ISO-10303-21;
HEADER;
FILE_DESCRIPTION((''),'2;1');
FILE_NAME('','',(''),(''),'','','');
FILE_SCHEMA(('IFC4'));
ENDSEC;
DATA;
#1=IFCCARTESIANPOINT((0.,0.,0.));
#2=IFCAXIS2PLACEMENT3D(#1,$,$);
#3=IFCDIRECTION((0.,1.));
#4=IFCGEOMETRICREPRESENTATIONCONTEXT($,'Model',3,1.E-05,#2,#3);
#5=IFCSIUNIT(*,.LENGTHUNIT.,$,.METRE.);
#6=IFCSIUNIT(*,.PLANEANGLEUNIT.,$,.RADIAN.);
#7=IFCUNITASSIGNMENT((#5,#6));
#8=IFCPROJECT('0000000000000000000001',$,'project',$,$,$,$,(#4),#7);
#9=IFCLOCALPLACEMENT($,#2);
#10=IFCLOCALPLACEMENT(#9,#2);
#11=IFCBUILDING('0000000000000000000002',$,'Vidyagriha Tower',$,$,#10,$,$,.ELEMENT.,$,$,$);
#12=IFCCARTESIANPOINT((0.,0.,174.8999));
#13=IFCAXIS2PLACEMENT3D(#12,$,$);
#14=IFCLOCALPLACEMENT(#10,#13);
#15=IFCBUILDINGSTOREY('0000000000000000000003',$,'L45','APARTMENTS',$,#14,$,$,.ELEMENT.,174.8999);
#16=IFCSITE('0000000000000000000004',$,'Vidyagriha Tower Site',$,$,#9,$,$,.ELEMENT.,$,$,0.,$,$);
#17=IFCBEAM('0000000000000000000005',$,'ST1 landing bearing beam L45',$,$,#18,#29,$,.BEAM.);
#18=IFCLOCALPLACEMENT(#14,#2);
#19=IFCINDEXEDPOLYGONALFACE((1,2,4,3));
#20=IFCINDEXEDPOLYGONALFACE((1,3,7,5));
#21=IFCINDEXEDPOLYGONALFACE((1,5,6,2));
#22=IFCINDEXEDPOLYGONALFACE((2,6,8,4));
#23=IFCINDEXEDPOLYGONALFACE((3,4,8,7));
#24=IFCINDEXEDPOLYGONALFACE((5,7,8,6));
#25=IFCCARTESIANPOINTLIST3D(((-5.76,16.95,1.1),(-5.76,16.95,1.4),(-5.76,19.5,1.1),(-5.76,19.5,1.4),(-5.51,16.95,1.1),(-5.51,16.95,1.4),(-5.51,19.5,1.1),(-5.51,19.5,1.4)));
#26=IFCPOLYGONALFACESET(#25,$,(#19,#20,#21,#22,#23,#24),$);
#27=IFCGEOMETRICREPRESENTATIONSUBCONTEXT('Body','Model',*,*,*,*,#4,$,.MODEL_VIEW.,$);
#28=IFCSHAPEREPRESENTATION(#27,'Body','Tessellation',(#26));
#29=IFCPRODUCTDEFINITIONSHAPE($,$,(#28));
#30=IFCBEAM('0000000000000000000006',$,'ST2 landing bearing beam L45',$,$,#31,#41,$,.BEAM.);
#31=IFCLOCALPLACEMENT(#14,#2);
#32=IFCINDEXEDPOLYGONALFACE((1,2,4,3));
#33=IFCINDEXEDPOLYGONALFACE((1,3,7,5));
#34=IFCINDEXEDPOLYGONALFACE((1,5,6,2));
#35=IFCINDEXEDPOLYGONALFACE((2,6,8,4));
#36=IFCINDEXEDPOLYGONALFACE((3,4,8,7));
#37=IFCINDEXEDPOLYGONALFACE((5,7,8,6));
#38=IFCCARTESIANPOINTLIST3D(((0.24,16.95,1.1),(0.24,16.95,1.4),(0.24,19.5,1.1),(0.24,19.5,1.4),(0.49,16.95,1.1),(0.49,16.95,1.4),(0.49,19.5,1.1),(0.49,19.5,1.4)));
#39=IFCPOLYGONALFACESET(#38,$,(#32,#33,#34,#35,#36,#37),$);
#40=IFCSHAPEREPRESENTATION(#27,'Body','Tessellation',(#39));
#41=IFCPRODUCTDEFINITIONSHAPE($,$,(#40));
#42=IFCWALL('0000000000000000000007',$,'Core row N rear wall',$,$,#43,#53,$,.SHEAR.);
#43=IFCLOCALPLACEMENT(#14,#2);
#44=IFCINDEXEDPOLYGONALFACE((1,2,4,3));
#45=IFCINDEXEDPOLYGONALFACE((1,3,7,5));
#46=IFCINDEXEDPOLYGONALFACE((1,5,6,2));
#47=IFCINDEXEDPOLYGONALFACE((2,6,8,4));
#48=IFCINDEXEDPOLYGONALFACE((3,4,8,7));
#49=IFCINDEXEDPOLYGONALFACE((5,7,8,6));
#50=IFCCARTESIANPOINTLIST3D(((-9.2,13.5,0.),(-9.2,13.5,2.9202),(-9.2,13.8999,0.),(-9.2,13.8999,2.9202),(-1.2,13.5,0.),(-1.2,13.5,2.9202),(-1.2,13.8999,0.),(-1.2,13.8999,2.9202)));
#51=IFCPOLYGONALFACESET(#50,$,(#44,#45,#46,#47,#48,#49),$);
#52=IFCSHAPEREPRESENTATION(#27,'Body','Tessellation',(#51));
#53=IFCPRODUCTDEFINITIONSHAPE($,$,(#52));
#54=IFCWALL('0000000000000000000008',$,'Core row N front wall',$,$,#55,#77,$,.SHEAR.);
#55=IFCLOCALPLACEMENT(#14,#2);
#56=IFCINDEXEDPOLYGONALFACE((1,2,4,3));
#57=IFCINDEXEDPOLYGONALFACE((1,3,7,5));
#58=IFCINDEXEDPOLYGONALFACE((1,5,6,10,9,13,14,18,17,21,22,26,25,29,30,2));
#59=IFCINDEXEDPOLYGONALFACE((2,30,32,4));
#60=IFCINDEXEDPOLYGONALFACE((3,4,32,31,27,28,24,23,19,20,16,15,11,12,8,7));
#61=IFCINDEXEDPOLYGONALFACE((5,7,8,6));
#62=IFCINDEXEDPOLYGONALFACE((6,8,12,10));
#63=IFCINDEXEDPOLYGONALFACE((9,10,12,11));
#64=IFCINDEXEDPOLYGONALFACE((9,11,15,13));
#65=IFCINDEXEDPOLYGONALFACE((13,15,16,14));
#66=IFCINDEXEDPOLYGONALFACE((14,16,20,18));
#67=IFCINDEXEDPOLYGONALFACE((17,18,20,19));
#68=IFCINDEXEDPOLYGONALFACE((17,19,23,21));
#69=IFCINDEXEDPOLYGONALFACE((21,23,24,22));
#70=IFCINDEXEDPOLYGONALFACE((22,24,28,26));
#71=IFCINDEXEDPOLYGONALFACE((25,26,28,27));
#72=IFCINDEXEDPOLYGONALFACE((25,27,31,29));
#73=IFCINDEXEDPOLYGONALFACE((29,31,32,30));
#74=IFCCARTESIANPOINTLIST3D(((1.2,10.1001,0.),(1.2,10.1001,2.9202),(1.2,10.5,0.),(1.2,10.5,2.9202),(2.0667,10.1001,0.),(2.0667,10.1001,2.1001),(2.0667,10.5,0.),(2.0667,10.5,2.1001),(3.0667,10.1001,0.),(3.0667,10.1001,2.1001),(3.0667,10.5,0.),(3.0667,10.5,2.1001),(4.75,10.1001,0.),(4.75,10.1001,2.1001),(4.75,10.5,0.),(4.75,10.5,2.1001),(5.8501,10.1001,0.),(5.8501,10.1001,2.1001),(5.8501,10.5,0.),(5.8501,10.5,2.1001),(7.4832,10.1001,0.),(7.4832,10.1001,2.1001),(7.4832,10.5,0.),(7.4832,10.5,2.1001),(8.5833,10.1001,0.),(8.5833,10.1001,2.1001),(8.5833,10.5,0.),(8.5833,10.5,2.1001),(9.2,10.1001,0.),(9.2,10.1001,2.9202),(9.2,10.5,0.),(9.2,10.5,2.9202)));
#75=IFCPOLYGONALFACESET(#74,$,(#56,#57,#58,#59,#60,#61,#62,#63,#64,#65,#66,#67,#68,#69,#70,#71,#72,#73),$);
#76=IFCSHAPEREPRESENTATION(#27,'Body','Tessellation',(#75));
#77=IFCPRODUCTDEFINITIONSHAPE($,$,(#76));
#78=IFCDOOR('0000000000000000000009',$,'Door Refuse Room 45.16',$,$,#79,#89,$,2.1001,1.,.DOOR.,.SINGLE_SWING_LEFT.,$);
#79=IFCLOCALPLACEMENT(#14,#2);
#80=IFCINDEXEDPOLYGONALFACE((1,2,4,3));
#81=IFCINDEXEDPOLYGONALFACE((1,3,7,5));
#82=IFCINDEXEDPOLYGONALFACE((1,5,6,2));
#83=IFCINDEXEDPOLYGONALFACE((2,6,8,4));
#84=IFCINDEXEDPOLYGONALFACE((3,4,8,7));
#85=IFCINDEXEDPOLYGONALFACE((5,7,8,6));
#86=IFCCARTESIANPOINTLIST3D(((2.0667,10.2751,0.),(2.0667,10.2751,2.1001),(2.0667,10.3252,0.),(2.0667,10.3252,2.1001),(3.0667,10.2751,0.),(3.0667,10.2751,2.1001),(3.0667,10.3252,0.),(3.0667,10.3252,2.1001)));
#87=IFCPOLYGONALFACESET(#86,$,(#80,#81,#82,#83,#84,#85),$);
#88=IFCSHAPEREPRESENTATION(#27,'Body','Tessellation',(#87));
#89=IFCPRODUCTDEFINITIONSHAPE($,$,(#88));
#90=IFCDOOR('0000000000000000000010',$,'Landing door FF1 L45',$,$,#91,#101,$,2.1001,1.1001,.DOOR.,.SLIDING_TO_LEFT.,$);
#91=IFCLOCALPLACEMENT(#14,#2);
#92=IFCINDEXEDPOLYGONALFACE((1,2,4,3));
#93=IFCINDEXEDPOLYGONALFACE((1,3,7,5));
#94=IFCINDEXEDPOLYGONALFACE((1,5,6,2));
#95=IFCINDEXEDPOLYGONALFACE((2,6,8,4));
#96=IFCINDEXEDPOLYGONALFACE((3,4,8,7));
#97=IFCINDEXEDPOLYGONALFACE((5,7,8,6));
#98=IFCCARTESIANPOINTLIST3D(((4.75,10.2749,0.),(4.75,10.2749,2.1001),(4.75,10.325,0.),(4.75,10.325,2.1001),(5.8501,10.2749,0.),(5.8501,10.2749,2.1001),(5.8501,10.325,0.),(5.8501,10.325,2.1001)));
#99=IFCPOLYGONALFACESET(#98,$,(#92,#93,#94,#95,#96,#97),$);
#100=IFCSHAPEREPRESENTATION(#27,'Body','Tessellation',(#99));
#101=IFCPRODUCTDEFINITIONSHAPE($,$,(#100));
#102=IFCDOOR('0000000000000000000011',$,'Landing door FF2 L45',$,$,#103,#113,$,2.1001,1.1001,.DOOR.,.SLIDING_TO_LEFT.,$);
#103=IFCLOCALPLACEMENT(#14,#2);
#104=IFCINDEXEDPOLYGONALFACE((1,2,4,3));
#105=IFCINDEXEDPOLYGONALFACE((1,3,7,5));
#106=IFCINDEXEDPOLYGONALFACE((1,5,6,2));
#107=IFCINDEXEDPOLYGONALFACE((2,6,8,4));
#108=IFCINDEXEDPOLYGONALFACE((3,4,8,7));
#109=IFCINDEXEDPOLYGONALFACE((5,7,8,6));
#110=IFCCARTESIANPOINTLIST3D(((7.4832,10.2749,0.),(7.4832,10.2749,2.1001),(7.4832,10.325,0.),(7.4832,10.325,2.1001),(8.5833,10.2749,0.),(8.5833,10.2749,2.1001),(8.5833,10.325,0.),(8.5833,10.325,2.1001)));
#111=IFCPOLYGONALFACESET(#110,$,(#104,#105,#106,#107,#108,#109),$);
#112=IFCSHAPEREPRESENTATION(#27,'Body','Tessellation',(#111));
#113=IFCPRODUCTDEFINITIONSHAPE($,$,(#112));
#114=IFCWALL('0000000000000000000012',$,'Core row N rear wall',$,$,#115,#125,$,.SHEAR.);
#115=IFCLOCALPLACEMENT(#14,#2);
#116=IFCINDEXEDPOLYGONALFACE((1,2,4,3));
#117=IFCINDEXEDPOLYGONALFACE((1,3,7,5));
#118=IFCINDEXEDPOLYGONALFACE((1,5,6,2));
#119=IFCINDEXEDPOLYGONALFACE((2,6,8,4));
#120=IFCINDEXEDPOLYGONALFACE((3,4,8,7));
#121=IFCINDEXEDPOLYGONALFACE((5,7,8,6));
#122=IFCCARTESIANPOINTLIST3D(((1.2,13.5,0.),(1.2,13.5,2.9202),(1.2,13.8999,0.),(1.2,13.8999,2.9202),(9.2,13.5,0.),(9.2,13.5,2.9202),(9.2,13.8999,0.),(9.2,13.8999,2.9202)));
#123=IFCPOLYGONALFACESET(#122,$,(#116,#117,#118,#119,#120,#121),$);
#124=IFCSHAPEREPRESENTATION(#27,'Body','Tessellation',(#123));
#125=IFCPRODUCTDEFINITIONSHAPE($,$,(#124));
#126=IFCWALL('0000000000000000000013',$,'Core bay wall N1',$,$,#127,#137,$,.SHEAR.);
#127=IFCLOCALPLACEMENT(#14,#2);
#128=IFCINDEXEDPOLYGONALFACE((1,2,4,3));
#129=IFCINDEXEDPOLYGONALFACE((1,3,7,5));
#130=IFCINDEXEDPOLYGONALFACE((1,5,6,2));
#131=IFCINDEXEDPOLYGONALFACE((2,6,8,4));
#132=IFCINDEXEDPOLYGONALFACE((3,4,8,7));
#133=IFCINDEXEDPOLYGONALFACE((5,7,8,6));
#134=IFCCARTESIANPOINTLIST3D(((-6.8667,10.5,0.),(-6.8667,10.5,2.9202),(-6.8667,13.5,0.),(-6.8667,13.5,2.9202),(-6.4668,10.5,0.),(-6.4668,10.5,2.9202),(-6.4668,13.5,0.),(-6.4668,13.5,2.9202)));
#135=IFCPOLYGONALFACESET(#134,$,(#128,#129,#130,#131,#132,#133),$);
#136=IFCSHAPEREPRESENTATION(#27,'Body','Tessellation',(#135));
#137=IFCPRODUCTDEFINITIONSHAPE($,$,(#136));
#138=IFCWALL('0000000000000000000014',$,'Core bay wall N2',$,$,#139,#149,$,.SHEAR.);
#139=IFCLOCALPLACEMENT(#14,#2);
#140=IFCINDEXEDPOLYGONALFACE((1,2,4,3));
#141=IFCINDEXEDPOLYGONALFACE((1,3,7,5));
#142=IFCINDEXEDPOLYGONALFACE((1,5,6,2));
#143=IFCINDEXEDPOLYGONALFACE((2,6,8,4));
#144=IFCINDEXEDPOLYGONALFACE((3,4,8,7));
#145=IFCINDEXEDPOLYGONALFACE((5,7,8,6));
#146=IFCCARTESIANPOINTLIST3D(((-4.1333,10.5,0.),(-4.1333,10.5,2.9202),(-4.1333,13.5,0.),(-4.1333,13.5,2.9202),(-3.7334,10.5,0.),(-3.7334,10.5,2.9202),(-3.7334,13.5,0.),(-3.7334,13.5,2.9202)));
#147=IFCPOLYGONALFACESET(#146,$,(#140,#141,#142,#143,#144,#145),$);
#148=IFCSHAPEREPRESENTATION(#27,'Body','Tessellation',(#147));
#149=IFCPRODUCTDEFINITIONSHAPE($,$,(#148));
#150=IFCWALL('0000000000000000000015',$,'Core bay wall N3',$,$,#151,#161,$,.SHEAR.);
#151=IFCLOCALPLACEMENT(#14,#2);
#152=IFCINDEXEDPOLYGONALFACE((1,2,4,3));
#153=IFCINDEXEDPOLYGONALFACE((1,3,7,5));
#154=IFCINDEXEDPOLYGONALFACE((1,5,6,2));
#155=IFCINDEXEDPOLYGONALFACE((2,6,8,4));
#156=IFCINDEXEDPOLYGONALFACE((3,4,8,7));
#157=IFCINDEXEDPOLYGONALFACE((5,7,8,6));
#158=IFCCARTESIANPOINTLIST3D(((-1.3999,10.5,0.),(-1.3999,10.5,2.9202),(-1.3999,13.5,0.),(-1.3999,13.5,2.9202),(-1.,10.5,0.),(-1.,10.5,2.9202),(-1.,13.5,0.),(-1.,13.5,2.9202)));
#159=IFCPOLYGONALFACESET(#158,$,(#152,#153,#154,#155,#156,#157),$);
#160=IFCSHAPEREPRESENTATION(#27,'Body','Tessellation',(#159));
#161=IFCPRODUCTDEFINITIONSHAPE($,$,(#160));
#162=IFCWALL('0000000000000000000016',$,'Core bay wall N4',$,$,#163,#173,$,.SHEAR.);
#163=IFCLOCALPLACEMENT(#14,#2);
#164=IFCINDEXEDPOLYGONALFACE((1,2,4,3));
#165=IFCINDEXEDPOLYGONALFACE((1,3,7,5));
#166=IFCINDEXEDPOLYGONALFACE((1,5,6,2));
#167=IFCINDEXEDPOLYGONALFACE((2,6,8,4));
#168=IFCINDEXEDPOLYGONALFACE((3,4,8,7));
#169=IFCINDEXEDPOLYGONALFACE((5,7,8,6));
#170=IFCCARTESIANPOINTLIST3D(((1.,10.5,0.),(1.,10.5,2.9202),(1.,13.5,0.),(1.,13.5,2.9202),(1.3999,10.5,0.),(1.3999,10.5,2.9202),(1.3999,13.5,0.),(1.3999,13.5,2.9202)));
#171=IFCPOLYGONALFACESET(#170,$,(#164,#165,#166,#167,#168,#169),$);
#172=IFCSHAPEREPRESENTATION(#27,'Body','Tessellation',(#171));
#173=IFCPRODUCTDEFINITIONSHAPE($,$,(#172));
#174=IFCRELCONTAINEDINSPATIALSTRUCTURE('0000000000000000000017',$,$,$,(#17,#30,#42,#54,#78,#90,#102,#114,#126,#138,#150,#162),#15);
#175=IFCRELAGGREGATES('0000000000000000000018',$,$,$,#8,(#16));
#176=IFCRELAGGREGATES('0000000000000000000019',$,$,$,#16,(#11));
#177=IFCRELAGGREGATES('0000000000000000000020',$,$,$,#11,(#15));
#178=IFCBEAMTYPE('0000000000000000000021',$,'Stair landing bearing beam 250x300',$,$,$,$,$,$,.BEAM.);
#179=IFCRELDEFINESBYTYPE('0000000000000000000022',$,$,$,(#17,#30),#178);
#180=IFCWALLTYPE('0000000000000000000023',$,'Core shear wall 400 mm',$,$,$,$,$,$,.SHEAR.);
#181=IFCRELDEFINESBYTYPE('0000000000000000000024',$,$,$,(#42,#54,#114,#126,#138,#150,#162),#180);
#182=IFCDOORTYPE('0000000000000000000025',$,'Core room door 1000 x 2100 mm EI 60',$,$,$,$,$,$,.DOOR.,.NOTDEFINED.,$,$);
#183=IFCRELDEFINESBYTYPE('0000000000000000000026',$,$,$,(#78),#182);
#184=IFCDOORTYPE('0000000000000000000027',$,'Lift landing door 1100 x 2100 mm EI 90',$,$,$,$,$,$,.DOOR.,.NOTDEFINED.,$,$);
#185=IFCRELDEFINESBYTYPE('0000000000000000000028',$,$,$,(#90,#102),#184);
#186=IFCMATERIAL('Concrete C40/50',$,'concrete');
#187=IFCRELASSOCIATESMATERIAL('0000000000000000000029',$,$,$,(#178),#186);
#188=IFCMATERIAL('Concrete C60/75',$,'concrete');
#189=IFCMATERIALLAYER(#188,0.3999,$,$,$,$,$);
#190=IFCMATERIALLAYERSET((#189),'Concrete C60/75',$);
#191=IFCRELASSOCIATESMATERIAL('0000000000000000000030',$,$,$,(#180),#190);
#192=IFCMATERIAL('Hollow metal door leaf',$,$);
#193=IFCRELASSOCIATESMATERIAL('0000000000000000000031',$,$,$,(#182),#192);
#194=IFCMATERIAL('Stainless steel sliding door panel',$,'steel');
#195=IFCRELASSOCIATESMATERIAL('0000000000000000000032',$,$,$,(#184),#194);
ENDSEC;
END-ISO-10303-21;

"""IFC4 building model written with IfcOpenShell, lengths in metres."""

from ifc_helpers import new_model, si_unit, direction, frame, frame_2d, origin, origin_2d, place, context, subcontext, project, spatial, rectangle, extrude, material, layer, layer_set, material_profile, profile_set, type_object, element, fill, save


model = new_model("IFC4")

# Units and contexts
model_context = context("Model", 3, precision=1e-05, world=origin(), true_north=direction((0.0, 1.0)))
body_context = subcontext(model_context, "Body", "Model", "MODEL_VIEW")
ifc_project = project(units=[si_unit("LENGTHUNIT", "METRE"), si_unit("PLANEANGLEUNIT", "RADIAN")], contexts=[model_context])

# Site, building, storey
site_placement = place(None, origin())
site = spatial("IfcSite", under=ifc_project, at=site_placement, Name="Vidyagriha Tower Site", CompositionType="ELEMENT", RefElevation=0.0)
building_placement = place(site_placement, origin())
building = spatial("IfcBuilding", under=site, at=building_placement, Name="Vidyagriha Tower", CompositionType="ELEMENT")
storey_placement = place(building_placement, frame((0.0, 0.0, 174.8999)))
storey = spatial("IfcBuildingStorey", under=building, at=storey_placement, Name="L45", Description="APARTMENTS", CompositionType="ELEMENT", Elevation=174.8999)

# Beams
ifc_material_1 = material(Name="Concrete C40/50", Category="concrete")
ifc_material_profile = material_profile(ifc_material_1, rectangle(XDim=0.25, YDim=0.3, at=origin_2d()), Name="Stair landing bearing beam 250x300")
ifc_profile_set = profile_set([ifc_material_profile], Name="Concrete C40/50")
beam_type = type_object("IfcBeamType", Name="Stair landing bearing beam 250x300", PredefinedType="BEAM", material=ifc_profile_set)
for number, where, z_axis, x_axis, name in (
    (1, (-5.635, 16.95, 1.25), (0.0, 1.0, 0.0), (-1.0, 0.0, 0.0), "ST1 landing bearing beam L45"),
    (2, (0.365, 16.95, 1.25), (0.0, 1.0, 0.0), (-1.0, 0.0, 0.0), "ST2 landing bearing beam L45"),
):
    element("IfcBeam", number, at=place(storey_placement, frame(where, z_axis=z_axis, x_axis=x_axis)), inside=storey, type_object=beam_type, Name=name, PredefinedType="BEAM", context=body_context, shape_type="SweptSolid", body=[
        extrude(rectangle(XDim=0.25, YDim=0.3, at=origin_2d()), origin(), (0.0, 0.0, 1.0), 2.55),
    ])

# Wall
ifc_material_2 = material(Name="Concrete C60/75", Category="concrete")
ifc_layer_1 = layer(ifc_material_2, 0.3999)
ifc_layer_set_1 = layer_set([ifc_layer_1], Name="Concrete C60/75")
wall_type_1 = type_object("IfcWallType", Name="Core shear wall 400 mm", PredefinedType="SHEAR", material=ifc_layer_set_1)
wall_1_placement = place(storey_placement, frame((-9.2, 13.7, 0.0)))
element("IfcWall", 3, at=wall_1_placement, inside=storey, type_object=wall_type_1, Name="Core row N rear wall", PredefinedType="SHEAR", context=body_context, shape_type="SweptSolid", body=[
    extrude(rectangle(XDim=8.0, YDim=0.3999, at=frame_2d((4.0, 0.0))), origin(), (0.0, 0.0, 1.0), 2.9202),
])

# Wall, openings, doors
wall_2_placement = place(storey_placement, frame((1.2, 10.3, 0.0)))
wall_2 = element("IfcWall", 4, at=wall_2_placement, inside=storey, type_object=wall_type_1, Name="Core row N front wall", PredefinedType="SHEAR", context=body_context, shape_type="SweptSolid", body=[
    extrude(rectangle(XDim=8.0, YDim=0.3999, at=frame_2d((4.0, 0.0))), origin(), (0.0, 0.0, 1.0), 2.9202),
])
opening_1_placement = place(wall_2_placement, frame((3.55, 0.0, 0.0)))
opening_1 = element("IfcOpeningElement", 5, at=opening_1_placement, cuts=wall_2, PredefinedType="OPENING", context=body_context, shape_type="SweptSolid", body=[
    extrude(rectangle(XDim=1.1001, YDim=2.1001, at=frame_2d((0.55, 1.05))), frame((0.0, 0.21, 0.0), z_axis=(0.0, -1.0, 0.0), x_axis=(1.0, 0.0, 0.0)), (0.0, 0.0, 1.0), 0.4199),
])
opening_2_placement = place(wall_2_placement, frame((6.2832, 0.0, 0.0)))
opening_2 = element("IfcOpeningElement", 6, at=opening_2_placement, cuts=wall_2, PredefinedType="OPENING", context=body_context, shape_type="SweptSolid", body=[
    extrude(rectangle(XDim=1.1001, YDim=2.1001, at=frame_2d((0.55, 1.05))), frame((0.0, 0.21, 0.0), z_axis=(0.0, -1.0, 0.0), x_axis=(1.0, 0.0, 0.0)), (0.0, 0.0, 1.0), 0.4199),
])
opening_3_placement = place(wall_2_placement, frame((0.8667, 0.0, 0.0)))
opening_3 = element("IfcOpeningElement", 7, at=opening_3_placement, cuts=wall_2, PredefinedType="OPENING", context=body_context, shape_type="SweptSolid", body=[
    extrude(rectangle(XDim=1.0, YDim=2.1001, at=frame_2d((0.5, 1.05))), frame((0.0, 0.21, 0.0), z_axis=(0.0, -1.0, 0.0), x_axis=(1.0, 0.0, 0.0)), (0.0, 0.0, 1.0), 0.4199),
])
ifc_material_3 = material(Name="Hollow metal door leaf")
door_type_1 = type_object("IfcDoorType", Name="Core room door 1000 x 2100 mm EI 60", OperationType="NOTDEFINED", PredefinedType="DOOR", material=ifc_material_3)
door_1_placement = place(opening_3_placement, frame((1.0, 0.0, 0.0), z_axis=(0.0, 0.0, 1.0), x_axis=(-1.0, 0.0, 0.0)))
door_1 = element("IfcDoor", 8, at=door_1_placement, inside=storey, type_object=door_type_1, Name="Door Refuse Room 45.16", OperationType="SINGLE_SWING_LEFT", OverallHeight=2.1001, OverallWidth=1.0, PredefinedType="DOOR", context=body_context, shape_type="SweptSolid", body=[
    extrude(rectangle(XDim=1.0, YDim=2.1001, at=frame_2d((0.5, 1.05))), frame((0.0, 0.0249, 0.0), z_axis=(0.0, -1.0, 0.0), x_axis=(1.0, 0.0, 0.0)), (0.0, 0.0, 1.0), 0.05),
])
fill(opening_3, door_1)
ifc_material_4 = material(Name="Stainless steel sliding door panel", Category="steel")
door_type_2 = type_object("IfcDoorType", Name="Lift landing door 1100 x 2100 mm EI 90", OperationType="NOTDEFINED", PredefinedType="DOOR", material=ifc_material_4)
door_2_placement = place(opening_1_placement, origin())
door_2 = element("IfcDoor", 9, at=door_2_placement, inside=storey, type_object=door_type_2, Name="Landing door FF1 L45", OperationType="SLIDING_TO_LEFT", OverallHeight=2.1001, OverallWidth=1.1001, PredefinedType="DOOR", context=body_context, shape_type="SweptSolid", body=[
    extrude(rectangle(XDim=1.1001, YDim=2.1001, at=frame_2d((0.55, 1.05))), frame((0.0, 0.0249, 0.0), z_axis=(0.0, -1.0, 0.0), x_axis=(1.0, 0.0, 0.0)), (0.0, 0.0, 1.0), 0.05),
])
fill(opening_1, door_2)
door_3_placement = place(opening_2_placement, origin())
door_3 = element("IfcDoor", 10, at=door_3_placement, inside=storey, type_object=door_type_2, Name="Landing door FF2 L45", OperationType="SLIDING_TO_LEFT", OverallHeight=2.1001, OverallWidth=1.1001, PredefinedType="DOOR", context=body_context, shape_type="SweptSolid", body=[
    extrude(rectangle(XDim=1.1001, YDim=2.1001, at=frame_2d((0.55, 1.05))), frame((0.0, 0.0249, 0.0), z_axis=(0.0, -1.0, 0.0), x_axis=(1.0, 0.0, 0.0)), (0.0, 0.0, 1.0), 0.05),
])
fill(opening_2, door_3)

# Walls
wall_3_placement = place(storey_placement, frame((1.2, 13.7, 0.0)))
element("IfcWall", 11, at=wall_3_placement, inside=storey, type_object=wall_type_1, Name="Core row N rear wall", PredefinedType="SHEAR", context=body_context, shape_type="SweptSolid", body=[
    extrude(rectangle(XDim=8.0, YDim=0.3999, at=frame_2d((4.0, 0.0))), origin(), (0.0, 0.0, 1.0), 2.9202),
])
for number, where, z_axis, x_axis, name in (
    (12, (-6.6667, 10.5, 0.0), (0.0, 0.0, 1.0), (0.0, 1.0, 0.0), "Core bay wall N1"),
    (13, (-3.9333, 10.5, 0.0), (0.0, 0.0, 1.0), (0.0, 1.0, 0.0), "Core bay wall N2"),
    (14, (-1.2, 10.5, 0.0), (0.0, 0.0, 1.0), (0.0, 1.0, 0.0), "Core bay wall N3"),
    (15, (1.2, 10.5, 0.0), (0.0, 0.0, 1.0), (0.0, 1.0, 0.0), "Core bay wall N4"),
):
    element("IfcWall", number, at=place(storey_placement, frame(where, z_axis=z_axis, x_axis=x_axis)), inside=storey, type_object=wall_type_1, Name=name, PredefinedType="SHEAR", context=body_context, shape_type="SweptSolid", body=[
        extrude(rectangle(XDim=3.0, YDim=0.3999, at=frame_2d((1.5, 0.0))), origin(), (0.0, 0.0, 1.0), 2.9202),
    ])

save(model, "model.ifc")
